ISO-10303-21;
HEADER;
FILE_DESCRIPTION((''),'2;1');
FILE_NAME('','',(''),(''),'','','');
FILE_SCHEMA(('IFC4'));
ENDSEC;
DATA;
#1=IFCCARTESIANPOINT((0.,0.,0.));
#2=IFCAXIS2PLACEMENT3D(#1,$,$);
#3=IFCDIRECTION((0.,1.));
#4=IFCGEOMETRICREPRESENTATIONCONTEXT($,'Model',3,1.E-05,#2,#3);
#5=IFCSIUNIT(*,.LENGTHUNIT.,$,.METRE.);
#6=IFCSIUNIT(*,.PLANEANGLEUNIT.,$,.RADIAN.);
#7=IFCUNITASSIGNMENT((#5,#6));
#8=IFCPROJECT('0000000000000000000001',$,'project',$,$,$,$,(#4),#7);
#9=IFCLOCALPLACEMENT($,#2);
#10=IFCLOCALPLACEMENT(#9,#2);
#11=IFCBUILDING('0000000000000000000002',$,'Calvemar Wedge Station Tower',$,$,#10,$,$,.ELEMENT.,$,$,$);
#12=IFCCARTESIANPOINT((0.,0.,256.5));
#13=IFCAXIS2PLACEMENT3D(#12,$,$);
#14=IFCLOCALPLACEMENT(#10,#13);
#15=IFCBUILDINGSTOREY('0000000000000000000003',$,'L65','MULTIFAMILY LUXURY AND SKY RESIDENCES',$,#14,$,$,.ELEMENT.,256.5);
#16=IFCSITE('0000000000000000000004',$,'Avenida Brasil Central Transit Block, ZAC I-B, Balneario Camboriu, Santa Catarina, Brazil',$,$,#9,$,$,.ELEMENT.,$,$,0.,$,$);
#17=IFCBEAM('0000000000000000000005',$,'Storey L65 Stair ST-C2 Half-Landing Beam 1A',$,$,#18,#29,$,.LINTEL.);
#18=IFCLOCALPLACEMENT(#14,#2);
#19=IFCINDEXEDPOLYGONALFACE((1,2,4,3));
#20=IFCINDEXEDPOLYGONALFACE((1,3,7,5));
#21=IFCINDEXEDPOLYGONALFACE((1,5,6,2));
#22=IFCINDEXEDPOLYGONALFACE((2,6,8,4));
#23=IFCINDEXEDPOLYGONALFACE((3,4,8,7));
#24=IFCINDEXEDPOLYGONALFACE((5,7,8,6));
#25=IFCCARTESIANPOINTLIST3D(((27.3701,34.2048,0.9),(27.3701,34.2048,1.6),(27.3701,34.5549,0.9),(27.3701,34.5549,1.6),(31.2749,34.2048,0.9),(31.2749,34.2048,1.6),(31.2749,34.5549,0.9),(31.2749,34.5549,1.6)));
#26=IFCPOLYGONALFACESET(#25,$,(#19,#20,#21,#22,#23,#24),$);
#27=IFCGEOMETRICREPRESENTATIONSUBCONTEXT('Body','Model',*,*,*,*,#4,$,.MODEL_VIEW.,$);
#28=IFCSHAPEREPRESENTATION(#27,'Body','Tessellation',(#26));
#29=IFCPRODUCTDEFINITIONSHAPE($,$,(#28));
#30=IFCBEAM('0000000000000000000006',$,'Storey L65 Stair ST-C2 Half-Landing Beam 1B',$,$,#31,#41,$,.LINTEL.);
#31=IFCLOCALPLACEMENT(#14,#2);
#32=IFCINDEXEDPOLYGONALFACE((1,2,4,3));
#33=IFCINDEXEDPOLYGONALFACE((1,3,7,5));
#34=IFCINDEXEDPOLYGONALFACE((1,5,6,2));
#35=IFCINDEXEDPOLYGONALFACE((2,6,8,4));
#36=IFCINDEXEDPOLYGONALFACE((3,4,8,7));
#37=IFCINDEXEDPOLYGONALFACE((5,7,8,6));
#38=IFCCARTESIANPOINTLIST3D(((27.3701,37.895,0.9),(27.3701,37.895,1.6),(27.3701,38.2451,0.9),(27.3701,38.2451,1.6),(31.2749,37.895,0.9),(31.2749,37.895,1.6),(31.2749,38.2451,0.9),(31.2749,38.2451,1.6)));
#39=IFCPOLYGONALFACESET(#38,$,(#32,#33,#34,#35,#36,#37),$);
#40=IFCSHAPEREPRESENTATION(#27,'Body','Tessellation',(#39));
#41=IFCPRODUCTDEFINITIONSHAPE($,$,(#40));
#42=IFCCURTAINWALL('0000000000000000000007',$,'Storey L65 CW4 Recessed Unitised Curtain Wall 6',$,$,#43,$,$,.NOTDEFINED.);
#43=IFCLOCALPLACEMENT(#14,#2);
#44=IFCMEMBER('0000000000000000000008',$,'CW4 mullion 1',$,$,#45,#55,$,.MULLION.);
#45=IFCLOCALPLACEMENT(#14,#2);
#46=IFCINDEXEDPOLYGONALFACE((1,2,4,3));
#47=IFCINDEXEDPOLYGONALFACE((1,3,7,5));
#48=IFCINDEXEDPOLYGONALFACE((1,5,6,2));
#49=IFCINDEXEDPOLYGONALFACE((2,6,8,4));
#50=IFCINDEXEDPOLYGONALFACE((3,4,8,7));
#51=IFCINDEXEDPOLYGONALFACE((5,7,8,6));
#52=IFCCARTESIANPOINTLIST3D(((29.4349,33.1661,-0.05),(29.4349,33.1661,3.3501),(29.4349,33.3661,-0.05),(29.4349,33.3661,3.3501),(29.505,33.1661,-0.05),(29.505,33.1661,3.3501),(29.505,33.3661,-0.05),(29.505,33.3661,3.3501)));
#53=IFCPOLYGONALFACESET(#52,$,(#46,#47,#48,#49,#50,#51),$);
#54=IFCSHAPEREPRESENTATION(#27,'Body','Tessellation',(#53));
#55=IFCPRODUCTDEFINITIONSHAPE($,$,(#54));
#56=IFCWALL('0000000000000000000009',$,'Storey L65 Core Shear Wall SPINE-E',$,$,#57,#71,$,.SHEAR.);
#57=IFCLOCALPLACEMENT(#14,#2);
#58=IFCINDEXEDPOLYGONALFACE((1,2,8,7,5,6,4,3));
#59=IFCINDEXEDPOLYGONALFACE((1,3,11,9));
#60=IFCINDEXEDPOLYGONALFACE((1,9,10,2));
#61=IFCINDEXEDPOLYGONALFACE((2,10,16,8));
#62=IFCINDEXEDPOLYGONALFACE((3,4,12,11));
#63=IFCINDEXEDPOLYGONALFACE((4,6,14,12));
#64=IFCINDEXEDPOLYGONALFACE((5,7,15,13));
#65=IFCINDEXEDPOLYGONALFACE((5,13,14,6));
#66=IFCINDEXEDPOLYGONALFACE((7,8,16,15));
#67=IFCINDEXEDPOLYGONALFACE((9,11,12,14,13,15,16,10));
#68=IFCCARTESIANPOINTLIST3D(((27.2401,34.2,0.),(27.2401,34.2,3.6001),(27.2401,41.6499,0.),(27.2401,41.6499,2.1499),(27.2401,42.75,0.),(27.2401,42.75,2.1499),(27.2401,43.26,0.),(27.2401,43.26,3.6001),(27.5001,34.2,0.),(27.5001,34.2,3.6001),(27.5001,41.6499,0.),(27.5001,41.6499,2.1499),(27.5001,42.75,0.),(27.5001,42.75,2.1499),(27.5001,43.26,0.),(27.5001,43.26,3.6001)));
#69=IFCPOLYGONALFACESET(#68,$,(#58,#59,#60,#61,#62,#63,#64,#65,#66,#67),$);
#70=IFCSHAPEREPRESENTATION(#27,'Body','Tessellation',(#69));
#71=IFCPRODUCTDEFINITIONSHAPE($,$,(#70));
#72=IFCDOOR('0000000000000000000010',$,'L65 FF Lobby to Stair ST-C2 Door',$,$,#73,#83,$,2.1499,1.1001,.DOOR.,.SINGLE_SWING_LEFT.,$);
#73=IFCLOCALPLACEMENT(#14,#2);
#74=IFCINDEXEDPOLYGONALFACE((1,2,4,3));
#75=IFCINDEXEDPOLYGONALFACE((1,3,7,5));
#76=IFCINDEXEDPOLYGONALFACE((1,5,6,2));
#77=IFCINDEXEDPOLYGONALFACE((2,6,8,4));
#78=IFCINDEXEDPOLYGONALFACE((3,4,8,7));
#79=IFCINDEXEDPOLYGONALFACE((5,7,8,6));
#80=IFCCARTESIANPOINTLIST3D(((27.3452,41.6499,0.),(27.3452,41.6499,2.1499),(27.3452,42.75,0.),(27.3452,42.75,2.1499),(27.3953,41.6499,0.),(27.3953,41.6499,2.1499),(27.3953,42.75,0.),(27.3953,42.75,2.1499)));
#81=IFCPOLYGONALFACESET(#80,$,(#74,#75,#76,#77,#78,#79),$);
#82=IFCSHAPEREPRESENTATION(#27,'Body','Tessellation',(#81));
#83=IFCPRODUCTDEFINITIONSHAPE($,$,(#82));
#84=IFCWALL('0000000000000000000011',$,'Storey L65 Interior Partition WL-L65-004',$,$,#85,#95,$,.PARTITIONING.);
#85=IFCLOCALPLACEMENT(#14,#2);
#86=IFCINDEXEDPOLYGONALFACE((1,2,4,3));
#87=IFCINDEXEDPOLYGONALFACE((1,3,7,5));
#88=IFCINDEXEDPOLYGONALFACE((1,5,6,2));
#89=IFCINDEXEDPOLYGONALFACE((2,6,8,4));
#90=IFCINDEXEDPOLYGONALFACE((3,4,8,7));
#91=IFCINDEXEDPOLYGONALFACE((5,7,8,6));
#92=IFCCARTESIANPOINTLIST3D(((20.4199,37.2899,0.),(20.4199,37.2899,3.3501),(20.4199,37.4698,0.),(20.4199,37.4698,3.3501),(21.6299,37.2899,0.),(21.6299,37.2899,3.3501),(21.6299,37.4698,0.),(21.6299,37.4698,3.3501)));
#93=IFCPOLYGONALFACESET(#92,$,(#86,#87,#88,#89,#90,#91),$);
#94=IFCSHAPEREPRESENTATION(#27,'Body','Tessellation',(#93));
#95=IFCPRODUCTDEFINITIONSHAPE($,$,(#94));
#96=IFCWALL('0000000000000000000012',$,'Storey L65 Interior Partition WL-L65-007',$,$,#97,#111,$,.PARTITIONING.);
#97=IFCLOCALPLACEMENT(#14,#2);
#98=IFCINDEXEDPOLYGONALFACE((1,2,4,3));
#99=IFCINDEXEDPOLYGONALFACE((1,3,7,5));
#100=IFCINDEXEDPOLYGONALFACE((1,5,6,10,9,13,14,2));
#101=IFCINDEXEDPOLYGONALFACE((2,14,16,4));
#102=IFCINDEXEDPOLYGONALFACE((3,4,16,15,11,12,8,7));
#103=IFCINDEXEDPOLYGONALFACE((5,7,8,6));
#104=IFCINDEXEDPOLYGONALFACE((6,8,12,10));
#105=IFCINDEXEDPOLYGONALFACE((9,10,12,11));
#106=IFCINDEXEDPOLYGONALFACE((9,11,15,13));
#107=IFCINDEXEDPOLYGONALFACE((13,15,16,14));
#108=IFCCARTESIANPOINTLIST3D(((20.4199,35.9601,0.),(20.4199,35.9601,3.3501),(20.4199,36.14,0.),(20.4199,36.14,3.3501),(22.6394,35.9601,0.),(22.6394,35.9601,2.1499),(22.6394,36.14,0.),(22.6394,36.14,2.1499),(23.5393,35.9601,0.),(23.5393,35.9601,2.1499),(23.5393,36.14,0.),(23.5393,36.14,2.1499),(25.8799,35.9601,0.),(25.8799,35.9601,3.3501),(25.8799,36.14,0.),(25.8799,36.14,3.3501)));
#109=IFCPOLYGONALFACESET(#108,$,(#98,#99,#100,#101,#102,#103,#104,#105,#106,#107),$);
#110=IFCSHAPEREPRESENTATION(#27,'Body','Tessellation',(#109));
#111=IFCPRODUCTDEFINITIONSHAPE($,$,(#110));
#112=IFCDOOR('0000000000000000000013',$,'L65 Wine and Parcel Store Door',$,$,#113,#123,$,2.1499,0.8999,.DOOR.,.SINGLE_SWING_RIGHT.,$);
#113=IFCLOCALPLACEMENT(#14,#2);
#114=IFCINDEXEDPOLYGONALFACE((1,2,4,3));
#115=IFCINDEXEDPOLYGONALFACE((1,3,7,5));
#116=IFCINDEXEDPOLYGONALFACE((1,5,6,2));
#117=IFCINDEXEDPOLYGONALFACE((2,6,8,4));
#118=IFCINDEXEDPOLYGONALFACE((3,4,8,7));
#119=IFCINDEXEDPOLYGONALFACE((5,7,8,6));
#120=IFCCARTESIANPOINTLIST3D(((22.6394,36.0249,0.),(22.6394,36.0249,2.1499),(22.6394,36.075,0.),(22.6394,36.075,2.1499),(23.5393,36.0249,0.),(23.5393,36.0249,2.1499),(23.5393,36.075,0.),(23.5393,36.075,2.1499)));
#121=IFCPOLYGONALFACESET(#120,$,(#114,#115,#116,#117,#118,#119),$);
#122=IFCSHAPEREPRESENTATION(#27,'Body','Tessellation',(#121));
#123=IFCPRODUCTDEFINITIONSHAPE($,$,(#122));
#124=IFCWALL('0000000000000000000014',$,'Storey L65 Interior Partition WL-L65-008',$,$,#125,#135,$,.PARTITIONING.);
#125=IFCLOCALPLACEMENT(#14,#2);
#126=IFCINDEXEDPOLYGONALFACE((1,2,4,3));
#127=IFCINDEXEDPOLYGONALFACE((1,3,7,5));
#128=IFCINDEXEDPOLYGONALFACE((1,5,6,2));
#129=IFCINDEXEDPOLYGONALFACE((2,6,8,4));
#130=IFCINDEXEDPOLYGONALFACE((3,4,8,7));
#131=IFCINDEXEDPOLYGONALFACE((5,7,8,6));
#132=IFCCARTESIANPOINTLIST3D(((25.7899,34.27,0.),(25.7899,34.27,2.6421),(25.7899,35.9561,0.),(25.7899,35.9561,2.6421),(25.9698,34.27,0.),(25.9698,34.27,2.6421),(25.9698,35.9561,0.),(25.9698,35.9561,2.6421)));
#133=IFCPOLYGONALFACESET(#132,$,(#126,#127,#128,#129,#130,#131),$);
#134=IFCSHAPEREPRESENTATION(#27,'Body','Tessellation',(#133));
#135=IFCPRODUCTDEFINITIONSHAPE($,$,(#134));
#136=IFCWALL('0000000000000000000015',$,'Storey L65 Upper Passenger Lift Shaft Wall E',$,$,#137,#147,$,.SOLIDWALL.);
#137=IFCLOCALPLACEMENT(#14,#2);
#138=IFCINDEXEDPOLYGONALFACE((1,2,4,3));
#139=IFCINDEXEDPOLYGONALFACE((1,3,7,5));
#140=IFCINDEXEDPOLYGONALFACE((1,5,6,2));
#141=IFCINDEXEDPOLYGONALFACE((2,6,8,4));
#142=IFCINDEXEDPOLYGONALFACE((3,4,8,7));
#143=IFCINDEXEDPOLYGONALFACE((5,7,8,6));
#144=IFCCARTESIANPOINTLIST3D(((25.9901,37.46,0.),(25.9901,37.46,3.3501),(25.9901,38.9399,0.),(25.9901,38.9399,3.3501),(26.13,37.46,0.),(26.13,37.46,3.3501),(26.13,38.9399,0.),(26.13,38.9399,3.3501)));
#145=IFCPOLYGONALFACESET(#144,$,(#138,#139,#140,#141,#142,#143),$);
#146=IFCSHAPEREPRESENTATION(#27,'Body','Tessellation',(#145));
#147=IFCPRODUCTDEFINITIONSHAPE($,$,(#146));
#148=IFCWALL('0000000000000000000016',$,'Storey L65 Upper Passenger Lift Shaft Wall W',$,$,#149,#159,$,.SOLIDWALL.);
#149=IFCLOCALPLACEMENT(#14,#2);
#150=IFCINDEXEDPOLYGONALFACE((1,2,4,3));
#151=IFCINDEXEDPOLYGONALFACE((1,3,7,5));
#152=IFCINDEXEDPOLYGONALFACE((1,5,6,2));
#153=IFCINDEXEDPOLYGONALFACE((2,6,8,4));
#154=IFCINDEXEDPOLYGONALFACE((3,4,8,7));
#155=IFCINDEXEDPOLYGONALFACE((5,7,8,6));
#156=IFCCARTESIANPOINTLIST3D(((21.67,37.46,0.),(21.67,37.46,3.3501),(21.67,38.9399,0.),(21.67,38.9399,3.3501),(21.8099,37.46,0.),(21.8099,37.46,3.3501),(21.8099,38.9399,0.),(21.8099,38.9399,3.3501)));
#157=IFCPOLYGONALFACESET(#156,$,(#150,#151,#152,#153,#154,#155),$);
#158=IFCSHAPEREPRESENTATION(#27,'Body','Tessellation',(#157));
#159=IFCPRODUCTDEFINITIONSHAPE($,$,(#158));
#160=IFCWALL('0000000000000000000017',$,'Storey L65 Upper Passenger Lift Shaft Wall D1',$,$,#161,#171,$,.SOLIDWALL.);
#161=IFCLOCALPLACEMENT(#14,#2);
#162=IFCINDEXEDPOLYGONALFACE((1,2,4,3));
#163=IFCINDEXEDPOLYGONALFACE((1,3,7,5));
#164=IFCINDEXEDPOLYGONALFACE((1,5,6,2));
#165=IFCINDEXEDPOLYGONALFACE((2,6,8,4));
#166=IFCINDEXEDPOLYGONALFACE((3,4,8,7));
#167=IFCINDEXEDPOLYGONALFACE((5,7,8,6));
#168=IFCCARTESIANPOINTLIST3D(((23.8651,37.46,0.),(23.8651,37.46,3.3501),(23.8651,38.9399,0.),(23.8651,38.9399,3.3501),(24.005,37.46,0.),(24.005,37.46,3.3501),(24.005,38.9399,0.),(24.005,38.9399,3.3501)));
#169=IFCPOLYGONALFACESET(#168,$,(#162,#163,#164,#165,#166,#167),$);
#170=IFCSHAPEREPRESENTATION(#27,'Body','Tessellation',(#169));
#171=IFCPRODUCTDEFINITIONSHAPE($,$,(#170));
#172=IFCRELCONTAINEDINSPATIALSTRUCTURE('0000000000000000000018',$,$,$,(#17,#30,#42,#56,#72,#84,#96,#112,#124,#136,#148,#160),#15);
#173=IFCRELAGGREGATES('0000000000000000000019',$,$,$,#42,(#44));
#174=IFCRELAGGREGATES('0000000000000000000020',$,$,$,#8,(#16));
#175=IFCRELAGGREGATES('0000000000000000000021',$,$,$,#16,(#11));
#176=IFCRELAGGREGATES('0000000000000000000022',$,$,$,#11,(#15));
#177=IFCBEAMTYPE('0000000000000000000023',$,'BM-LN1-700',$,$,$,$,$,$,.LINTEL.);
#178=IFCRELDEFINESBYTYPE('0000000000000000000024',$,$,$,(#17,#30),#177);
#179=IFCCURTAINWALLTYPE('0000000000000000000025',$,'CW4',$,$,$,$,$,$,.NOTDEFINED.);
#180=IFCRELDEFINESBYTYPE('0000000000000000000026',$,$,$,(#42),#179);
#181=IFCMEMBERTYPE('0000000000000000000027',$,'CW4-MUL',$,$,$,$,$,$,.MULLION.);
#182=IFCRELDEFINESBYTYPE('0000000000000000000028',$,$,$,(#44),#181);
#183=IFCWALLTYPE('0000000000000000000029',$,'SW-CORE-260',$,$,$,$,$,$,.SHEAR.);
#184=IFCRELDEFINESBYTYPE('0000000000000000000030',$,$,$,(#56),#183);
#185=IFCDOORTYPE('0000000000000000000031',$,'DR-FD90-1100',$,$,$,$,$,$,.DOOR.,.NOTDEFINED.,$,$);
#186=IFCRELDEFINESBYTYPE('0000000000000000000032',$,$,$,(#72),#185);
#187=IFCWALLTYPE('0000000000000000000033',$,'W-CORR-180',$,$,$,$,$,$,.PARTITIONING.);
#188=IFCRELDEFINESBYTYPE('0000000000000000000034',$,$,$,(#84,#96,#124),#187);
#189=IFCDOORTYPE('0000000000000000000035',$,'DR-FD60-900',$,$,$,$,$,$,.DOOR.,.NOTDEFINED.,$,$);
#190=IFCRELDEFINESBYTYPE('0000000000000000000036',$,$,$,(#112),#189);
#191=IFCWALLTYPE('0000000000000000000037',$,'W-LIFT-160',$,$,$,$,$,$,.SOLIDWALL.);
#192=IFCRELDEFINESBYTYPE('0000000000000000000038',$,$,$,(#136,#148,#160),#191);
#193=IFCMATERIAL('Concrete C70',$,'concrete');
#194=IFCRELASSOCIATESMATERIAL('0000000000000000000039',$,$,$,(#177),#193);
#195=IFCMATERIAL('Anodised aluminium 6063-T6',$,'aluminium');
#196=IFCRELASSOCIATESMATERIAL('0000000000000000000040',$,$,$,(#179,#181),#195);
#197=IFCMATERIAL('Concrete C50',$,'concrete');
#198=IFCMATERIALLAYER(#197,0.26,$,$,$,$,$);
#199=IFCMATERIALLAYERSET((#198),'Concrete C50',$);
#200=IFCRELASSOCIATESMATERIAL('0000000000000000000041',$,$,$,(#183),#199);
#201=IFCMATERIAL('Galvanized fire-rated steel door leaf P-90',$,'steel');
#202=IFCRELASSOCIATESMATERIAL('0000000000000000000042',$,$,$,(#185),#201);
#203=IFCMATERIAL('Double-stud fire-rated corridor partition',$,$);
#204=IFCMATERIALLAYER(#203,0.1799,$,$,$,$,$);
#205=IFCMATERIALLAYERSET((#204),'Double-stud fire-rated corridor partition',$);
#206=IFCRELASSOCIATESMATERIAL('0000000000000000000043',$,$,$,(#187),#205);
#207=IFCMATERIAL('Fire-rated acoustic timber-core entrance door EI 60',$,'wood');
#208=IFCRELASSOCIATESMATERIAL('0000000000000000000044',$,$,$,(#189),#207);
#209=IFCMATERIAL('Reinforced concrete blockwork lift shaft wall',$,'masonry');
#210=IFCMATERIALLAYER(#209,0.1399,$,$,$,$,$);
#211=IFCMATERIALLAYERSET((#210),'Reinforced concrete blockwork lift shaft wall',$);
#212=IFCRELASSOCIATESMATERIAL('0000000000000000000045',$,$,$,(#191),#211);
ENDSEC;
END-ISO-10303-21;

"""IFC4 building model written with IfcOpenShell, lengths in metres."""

from ifc_helpers import new_model, si_unit, direction, frame, frame_2d, origin, origin_2d, place, context, subcontext, project, spatial, rectangle, extrude, source, transform, mapped, material, layer, layer_set, material_profile, profile_set, type_object, element, fill, aggregate, save


model = new_model("IFC4")

# Units and contexts
model_context = context("Model", 3, precision=1e-05, world=origin(), true_north=direction((0.0, 1.0)))
body_context = subcontext(model_context, "Body", "Model", "MODEL_VIEW")
ifc_project = project(units=[si_unit("LENGTHUNIT", "METRE"), si_unit("PLANEANGLEUNIT", "RADIAN")], contexts=[model_context])

# Site, building, storey
site_placement = place(None, origin())
site = spatial("IfcSite", under=ifc_project, at=site_placement, Name="Avenida Brasil Central Transit Block, ZAC I-B, Balneario Camboriu, Santa Catarina, Brazil", CompositionType="ELEMENT", RefElevation=0.0)
building_placement = place(site_placement, origin())
building = spatial("IfcBuilding", under=site, at=building_placement, Name="Calvemar Wedge Station Tower", CompositionType="ELEMENT")
storey_placement = place(building_placement, frame((0.0, 0.0, 256.5)))
storey = spatial("IfcBuildingStorey", under=building, at=storey_placement, Name="L65", Description="MULTIFAMILY LUXURY AND SKY RESIDENCES", CompositionType="ELEMENT", Elevation=256.5)

# Beams
ifc_material_1 = material(Name="Concrete C70", Category="concrete")
ifc_material_profile_1 = material_profile(ifc_material_1, rectangle(XDim=0.3501, YDim=0.7, at=origin_2d()), Name="RC350x700")
ifc_profile_set_1 = profile_set([ifc_material_profile_1], Name="Concrete C70")
beam_type = type_object("IfcBeamType", Name="BM-LN1-700", PredefinedType="LINTEL", material=ifc_profile_set_1)
shared_shape_1 = source(origin(), body_context, "Body", "SweptSolid", [
    extrude(rectangle(XDim=0.3501, YDim=0.7, at=origin_2d()), origin(), (0.0, 0.0, 1.0), 3.9048),
])
for number, where, z_axis, x_axis, name in (
    (1, (27.3701, 34.3799, 1.25), (1.0, 0.0, 0.0), (0.0, 1.0, 0.0), "Storey L65 Stair ST-C2 Half-Landing Beam 1A"),
    (2, (27.3701, 38.0701, 1.25), (1.0, 0.0, 0.0), (0.0, 1.0, 0.0), "Storey L65 Stair ST-C2 Half-Landing Beam 1B"),
):
    element("IfcBeam", number, at=place(storey_placement, frame(where, z_axis=z_axis, x_axis=x_axis)), inside=storey, type_object=beam_type, Name=name, PredefinedType="LINTEL", context=body_context, shape_type="MappedRepresentation", body=[
        mapped(shared_shape_1, transform((0.0, 0.0, 0.0), scale=1.0)),
    ])

# Curtain wall, member
ifc_material_2 = material(Name="Anodised aluminium 6063-T6", Category="aluminium")
curtain_wall_type = type_object("IfcCurtainWallType", Name="CW4", PredefinedType="NOTDEFINED", material=ifc_material_2)
curtain_wall_placement = place(storey_placement, origin())
curtain_wall = element("IfcCurtainWall", 3, at=curtain_wall_placement, inside=storey, type_object=curtain_wall_type, Name="Storey L65 CW4 Recessed Unitised Curtain Wall 6", PredefinedType="NOTDEFINED")
ifc_material_profile_2 = material_profile(ifc_material_2, rectangle(XDim=0.0701, YDim=0.2, at=origin_2d()), Name="AL-MUL-70x200")
ifc_profile_set_2 = profile_set([ifc_material_profile_2], Name="Anodised aluminium 6063-T6")
member_type = type_object("IfcMemberType", Name="CW4-MUL", PredefinedType="MULLION", material=ifc_profile_set_2)
shared_shape_2 = source(origin(), body_context, "Body", "SweptSolid", [
    extrude(rectangle(XDim=0.0701, YDim=0.2, at=origin_2d()), origin(), (0.0, 0.0, 1.0), 3.4001),
])
member_placement = place(storey_placement, frame((29.47, 33.2661, -0.05), z_axis=(0.0, 0.0, 1.0), x_axis=(1.0, 0.0, 0.0)))
member = element("IfcMember", 4, at=member_placement, type_object=member_type, Name="CW4 mullion 1", PredefinedType="MULLION", context=body_context, shape_type="MappedRepresentation", body=[
    mapped(shared_shape_2, transform((0.0, 0.0, 0.0), scale=1.0)),
])
aggregate(curtain_wall, [member])

# Wall, opening, door
ifc_material_3 = material(Name="Concrete C50", Category="concrete")
ifc_layer_1 = layer(ifc_material_3, 0.26)
ifc_layer_set_1 = layer_set([ifc_layer_1], Name="Concrete C50")
wall_type_1 = type_object("IfcWallType", Name="SW-CORE-260", PredefinedType="SHEAR", material=ifc_layer_set_1)
wall_1_placement = place(storey_placement, frame((27.3701, 34.2, 0.0), z_axis=(0.0, 0.0, 1.0), x_axis=(0.0, 1.0, 0.0)))
wall_1 = element("IfcWall", 5, at=wall_1_placement, inside=storey, type_object=wall_type_1, Name="Storey L65 Core Shear Wall SPINE-E", PredefinedType="SHEAR", context=body_context, shape_type="SweptSolid", body=[
    extrude(rectangle(XDim=9.0601, YDim=0.26, at=frame_2d((4.53, 0.0))), origin(), (0.0, 0.0, 1.0), 3.6001),
])
shared_shape_3 = source(origin(), body_context, "Body", "SweptSolid", [
    extrude(rectangle(XDim=1.1001, YDim=2.1499, at=frame_2d((0.55, 1.075))), frame((0.0, 0.1401, 0.0), z_axis=(0.0, -1.0, 0.0), x_axis=(1.0, 0.0, 0.0)), (0.0, 0.0, 1.0), 0.28),
])
opening_1_placement = place(wall_1_placement, frame((7.45, 0.0, 0.0)))
opening_1 = element("IfcOpeningElement", 6, at=opening_1_placement, cuts=wall_1, PredefinedType="OPENING", context=body_context, shape_type="MappedRepresentation", body=[
    mapped(shared_shape_3, transform((0.0, 0.0, 0.0), scale=1.0)),
])
ifc_material_4 = material(Name="Galvanized fire-rated steel door leaf P-90", Category="steel")
door_type_1 = type_object("IfcDoorType", Name="DR-FD90-1100", OperationType="NOTDEFINED", PredefinedType="DOOR", material=ifc_material_4)
shared_shape_4 = source(origin(), body_context, "Body", "SweptSolid", [
    extrude(rectangle(XDim=1.1001, YDim=2.1499, at=frame_2d((0.55, 1.075))), frame((0.0, 0.0249, 0.0), z_axis=(0.0, -1.0, 0.0), x_axis=(1.0, 0.0, 0.0)), (0.0, 0.0, 1.0), 0.05),
])
door_1_placement = place(opening_1_placement, origin())
door_1 = element("IfcDoor", 7, at=door_1_placement, inside=storey, type_object=door_type_1, Name="L65 FF Lobby to Stair ST-C2 Door", OperationType="SINGLE_SWING_LEFT", OverallHeight=2.1499, OverallWidth=1.1001, PredefinedType="DOOR", context=body_context, shape_type="MappedRepresentation", body=[
    mapped(shared_shape_4, transform((0.0, 0.0, 0.0), scale=1.0)),
])
fill(opening_1, door_1)

# Wall
ifc_material_5 = material(Name="Double-stud fire-rated corridor partition")
ifc_layer_2 = layer(ifc_material_5, 0.1799)
ifc_layer_set_2 = layer_set([ifc_layer_2], Name="Double-stud fire-rated corridor partition")
wall_type_2 = type_object("IfcWallType", Name="W-CORR-180", PredefinedType="PARTITIONING", material=ifc_layer_set_2)
wall_2_placement = place(storey_placement, frame((21.6299, 37.3799, 0.0), z_axis=(0.0, 0.0, 1.0), x_axis=(-1.0, 0.0, 0.0)))
element("IfcWall", 8, at=wall_2_placement, inside=storey, type_object=wall_type_2, Name="Storey L65 Interior Partition WL-L65-004", PredefinedType="PARTITIONING", context=body_context, shape_type="SweptSolid", body=[
    extrude(rectangle(XDim=1.21, YDim=0.1799, at=frame_2d((0.605, 0.0))), origin(), (0.0, 0.0, 1.0), 3.3501),
])

# Wall, opening, door
wall_3_placement = place(storey_placement, frame((20.4199, 36.05, 0.0), z_axis=(0.0, 0.0, 1.0), x_axis=(1.0, 0.0, 0.0)))
wall_3 = element("IfcWall", 9, at=wall_3_placement, inside=storey, type_object=wall_type_2, Name="Storey L65 Interior Partition WL-L65-007", PredefinedType="PARTITIONING", context=body_context, shape_type="SweptSolid", body=[
    extrude(rectangle(XDim=5.46, YDim=0.1799, at=frame_2d((2.73, 0.0))), origin(), (0.0, 0.0, 1.0), 3.3501),
])
shared_shape_5 = source(origin(), body_context, "Body", "SweptSolid", [
    extrude(rectangle(XDim=0.8999, YDim=2.1499, at=frame_2d((0.45, 1.075))), frame((0.0, 0.1001, 0.0), z_axis=(0.0, -1.0, 0.0), x_axis=(1.0, 0.0, 0.0)), (0.0, 0.0, 1.0), 0.2),
])
opening_2_placement = place(wall_3_placement, frame((2.2195, 0.0, 0.0)))
opening_2 = element("IfcOpeningElement", 10, at=opening_2_placement, cuts=wall_3, PredefinedType="OPENING", context=body_context, shape_type="MappedRepresentation", body=[
    mapped(shared_shape_5, transform((0.0, 0.0, 0.0), scale=1.0)),
])
ifc_material_6 = material(Name="Fire-rated acoustic timber-core entrance door EI 60", Category="wood")
door_type_2 = type_object("IfcDoorType", Name="DR-FD60-900", OperationType="NOTDEFINED", PredefinedType="DOOR", material=ifc_material_6)
shared_shape_6 = source(origin(), body_context, "Body", "SweptSolid", [
    extrude(rectangle(XDim=0.8999, YDim=2.1499, at=frame_2d((0.45, 1.075))), frame((0.0, 0.0249, 0.0), z_axis=(0.0, -1.0, 0.0), x_axis=(1.0, 0.0, 0.0)), (0.0, 0.0, 1.0), 0.05),
])
door_2_placement = place(opening_2_placement, origin())
door_2 = element("IfcDoor", 11, at=door_2_placement, inside=storey, type_object=door_type_2, Name="L65 Wine and Parcel Store Door", OperationType="SINGLE_SWING_RIGHT", OverallHeight=2.1499, OverallWidth=0.8999, PredefinedType="DOOR", context=body_context, shape_type="MappedRepresentation", body=[
    mapped(shared_shape_6, transform((0.0, 0.0, 0.0), scale=1.0)),
])
fill(opening_2, door_2)

# Wall
wall_4_placement = place(storey_placement, frame((25.8799, 35.9561, 0.0), z_axis=(0.0, 0.0, 1.0), x_axis=(0.0, -1.0, 0.0)))
element("IfcWall", 12, at=wall_4_placement, inside=storey, type_object=wall_type_2, Name="Storey L65 Interior Partition WL-L65-008", PredefinedType="PARTITIONING", context=body_context, shape_type="SweptSolid", body=[
    extrude(rectangle(XDim=1.686, YDim=0.1799, at=frame_2d((0.843, 0.0))), origin(), (0.0, 0.0, 1.0), 2.6421),
])

# Shared definitions
ifc_material_7 = material(Name="Reinforced concrete blockwork lift shaft wall", Category="masonry")
ifc_layer_3 = layer(ifc_material_7, 0.1399)
ifc_layer_set_3 = layer_set([ifc_layer_3], Name="Reinforced concrete blockwork lift shaft wall")
wall_type_3 = type_object("IfcWallType", Name="W-LIFT-160", PredefinedType="SOLIDWALL", material=ifc_layer_set_3)

# Walls
for number, where, z_axis, x_axis, name in (
    (13, (26.0601, 37.46, 0.0), (0.0, 0.0, 1.0), (0.0, 1.0, 0.0), "Storey L65 Upper Passenger Lift Shaft Wall E"),
    (14, (21.74, 37.46, 0.0), (0.0, 0.0, 1.0), (0.0, 1.0, 0.0), "Storey L65 Upper Passenger Lift Shaft Wall W"),
    (15, (23.9351, 37.46, 0.0), (0.0, 0.0, 1.0), (0.0, 1.0, 0.0), "Storey L65 Upper Passenger Lift Shaft Wall D1"),
):
    element("IfcWall", number, at=place(storey_placement, frame(where, z_axis=z_axis, x_axis=x_axis)), inside=storey, type_object=wall_type_3, Name=name, PredefinedType="SOLIDWALL", context=body_context, shape_type="SweptSolid", body=[
        extrude(rectangle(XDim=1.48, YDim=0.1399, at=frame_2d((0.74, 0.0))), origin(), (0.0, 0.0, 1.0), 3.3501),
    ])

save(model, "model.ifc")
